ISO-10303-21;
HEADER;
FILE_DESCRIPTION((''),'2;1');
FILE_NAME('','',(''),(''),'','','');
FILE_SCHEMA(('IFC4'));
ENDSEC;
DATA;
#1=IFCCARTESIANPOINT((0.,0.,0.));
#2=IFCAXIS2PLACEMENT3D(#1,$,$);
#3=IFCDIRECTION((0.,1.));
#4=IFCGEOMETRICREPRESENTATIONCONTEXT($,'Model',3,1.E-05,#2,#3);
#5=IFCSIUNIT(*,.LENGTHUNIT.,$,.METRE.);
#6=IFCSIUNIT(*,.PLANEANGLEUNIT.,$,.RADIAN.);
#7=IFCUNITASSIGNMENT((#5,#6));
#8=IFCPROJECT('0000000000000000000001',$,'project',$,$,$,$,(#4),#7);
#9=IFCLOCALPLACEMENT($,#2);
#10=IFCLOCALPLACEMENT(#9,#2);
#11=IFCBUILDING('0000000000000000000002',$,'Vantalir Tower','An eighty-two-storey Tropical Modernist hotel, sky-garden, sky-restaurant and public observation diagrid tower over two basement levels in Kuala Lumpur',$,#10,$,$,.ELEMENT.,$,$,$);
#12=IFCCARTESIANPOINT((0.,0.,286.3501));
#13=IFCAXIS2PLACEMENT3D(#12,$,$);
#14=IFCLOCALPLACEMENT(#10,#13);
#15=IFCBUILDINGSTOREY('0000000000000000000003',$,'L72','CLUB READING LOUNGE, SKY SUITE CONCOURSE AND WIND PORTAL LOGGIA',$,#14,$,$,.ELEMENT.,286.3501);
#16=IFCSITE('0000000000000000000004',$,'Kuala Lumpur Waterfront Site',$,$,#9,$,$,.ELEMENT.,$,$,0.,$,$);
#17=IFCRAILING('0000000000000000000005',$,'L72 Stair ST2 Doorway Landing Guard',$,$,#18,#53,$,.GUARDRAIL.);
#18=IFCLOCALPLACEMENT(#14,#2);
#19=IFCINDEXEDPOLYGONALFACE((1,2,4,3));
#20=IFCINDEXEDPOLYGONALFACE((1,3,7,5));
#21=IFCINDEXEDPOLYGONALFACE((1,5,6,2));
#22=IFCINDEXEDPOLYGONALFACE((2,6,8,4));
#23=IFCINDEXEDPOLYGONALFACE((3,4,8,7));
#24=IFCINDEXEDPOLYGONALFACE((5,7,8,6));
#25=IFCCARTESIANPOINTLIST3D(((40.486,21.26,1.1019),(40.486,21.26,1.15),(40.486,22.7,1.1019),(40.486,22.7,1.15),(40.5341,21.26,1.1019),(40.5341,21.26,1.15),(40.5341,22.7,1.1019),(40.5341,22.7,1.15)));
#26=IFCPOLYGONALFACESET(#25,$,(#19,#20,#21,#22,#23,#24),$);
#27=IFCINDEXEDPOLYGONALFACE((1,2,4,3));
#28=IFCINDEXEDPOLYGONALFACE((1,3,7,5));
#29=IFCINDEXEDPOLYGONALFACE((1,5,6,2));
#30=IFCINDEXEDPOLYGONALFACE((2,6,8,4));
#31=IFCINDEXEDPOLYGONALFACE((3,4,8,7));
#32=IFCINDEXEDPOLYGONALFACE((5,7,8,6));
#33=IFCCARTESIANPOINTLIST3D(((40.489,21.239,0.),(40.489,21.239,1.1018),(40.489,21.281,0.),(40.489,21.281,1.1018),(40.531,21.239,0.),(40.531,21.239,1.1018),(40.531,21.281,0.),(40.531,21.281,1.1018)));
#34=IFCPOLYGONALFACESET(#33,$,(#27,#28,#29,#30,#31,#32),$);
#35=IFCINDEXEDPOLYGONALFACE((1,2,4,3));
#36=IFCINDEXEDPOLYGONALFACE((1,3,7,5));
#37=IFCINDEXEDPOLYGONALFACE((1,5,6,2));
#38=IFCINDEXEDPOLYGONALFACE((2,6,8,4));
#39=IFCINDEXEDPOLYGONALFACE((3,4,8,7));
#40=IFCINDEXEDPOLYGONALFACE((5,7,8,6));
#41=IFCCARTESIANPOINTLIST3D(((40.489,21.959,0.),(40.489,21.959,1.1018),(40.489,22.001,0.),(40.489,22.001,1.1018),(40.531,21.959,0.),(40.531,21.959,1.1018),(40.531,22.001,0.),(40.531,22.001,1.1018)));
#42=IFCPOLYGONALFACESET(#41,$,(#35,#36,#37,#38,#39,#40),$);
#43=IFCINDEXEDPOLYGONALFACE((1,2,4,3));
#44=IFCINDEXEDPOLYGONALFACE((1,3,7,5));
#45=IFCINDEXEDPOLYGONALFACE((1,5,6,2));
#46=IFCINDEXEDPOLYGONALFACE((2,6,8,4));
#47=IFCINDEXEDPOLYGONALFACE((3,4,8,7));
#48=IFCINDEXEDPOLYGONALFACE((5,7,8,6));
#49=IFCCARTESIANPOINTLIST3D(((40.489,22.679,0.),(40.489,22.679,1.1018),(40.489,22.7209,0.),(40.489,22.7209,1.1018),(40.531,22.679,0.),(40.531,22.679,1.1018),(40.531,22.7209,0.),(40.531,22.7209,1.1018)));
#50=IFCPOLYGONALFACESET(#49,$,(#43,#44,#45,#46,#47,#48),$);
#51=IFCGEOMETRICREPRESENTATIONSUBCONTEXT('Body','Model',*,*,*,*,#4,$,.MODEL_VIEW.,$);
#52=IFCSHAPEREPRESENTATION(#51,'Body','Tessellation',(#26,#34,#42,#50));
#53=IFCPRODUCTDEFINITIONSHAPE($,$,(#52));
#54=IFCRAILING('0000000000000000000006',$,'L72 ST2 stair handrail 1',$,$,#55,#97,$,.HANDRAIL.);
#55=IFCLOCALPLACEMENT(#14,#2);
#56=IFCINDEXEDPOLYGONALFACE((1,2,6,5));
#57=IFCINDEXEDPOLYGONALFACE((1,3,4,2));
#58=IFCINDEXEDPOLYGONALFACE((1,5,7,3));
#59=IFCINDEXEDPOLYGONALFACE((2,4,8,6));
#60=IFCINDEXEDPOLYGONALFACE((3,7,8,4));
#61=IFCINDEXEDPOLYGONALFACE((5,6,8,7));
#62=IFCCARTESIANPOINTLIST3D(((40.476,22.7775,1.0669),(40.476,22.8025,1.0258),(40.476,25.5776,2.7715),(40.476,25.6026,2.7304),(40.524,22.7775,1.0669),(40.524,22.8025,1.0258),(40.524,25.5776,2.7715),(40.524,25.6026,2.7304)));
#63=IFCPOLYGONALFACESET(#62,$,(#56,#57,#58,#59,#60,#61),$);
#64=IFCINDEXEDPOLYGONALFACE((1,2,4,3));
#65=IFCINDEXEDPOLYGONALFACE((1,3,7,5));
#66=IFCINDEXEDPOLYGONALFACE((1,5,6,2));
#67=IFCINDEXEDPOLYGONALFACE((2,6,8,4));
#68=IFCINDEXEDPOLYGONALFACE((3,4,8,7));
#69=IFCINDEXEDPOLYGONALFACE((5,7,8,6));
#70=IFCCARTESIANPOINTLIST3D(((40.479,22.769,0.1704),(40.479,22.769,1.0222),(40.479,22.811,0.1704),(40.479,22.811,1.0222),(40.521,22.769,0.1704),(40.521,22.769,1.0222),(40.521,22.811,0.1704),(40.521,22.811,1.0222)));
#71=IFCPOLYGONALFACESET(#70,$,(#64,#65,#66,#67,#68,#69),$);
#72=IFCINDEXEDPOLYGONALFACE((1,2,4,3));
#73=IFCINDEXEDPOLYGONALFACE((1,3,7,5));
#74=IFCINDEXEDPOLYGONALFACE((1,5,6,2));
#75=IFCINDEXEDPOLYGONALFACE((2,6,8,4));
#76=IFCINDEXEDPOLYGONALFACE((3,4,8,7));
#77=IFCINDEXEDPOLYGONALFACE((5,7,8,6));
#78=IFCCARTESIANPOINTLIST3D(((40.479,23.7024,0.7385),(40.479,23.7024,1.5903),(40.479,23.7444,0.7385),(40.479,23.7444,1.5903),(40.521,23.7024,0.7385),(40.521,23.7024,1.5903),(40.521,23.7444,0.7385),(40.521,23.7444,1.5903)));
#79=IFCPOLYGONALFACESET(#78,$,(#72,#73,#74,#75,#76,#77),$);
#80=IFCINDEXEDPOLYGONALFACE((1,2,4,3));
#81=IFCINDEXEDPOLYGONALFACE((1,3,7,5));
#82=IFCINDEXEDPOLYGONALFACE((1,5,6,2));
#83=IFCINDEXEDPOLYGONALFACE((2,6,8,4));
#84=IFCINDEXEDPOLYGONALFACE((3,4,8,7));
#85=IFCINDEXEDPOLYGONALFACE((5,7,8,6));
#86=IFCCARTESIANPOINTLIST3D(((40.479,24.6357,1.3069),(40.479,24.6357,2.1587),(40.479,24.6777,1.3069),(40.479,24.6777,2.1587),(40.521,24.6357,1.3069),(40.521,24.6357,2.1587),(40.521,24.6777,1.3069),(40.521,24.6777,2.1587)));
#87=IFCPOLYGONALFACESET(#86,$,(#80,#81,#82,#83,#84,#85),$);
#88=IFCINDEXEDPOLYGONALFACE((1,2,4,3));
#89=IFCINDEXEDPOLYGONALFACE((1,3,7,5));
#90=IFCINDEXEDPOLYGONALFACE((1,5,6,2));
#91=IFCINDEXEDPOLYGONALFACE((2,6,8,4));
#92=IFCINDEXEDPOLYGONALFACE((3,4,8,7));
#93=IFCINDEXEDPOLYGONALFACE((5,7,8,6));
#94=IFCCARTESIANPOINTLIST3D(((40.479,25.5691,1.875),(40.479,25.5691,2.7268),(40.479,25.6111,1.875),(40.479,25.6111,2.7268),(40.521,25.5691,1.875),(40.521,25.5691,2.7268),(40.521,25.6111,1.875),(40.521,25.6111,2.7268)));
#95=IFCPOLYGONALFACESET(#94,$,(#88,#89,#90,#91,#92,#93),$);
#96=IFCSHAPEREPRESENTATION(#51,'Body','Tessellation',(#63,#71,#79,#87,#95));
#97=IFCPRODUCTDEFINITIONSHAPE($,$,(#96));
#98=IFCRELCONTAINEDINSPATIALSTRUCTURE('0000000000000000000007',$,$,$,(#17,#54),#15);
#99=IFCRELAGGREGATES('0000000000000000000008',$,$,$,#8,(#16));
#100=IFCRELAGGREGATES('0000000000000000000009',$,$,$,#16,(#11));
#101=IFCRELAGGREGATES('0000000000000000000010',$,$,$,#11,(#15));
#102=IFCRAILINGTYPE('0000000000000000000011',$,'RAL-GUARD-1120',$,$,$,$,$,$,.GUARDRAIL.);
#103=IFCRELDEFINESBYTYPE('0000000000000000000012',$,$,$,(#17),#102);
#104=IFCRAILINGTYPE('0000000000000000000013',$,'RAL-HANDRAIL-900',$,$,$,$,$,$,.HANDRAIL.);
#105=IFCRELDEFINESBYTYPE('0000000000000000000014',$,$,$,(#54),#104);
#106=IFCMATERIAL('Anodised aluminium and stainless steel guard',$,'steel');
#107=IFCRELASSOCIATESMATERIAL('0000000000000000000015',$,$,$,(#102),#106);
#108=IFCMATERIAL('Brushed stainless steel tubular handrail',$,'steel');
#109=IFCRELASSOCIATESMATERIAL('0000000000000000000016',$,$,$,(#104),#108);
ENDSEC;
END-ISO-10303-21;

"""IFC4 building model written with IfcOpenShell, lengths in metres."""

from ifc_helpers import new_model, si_unit, direction, frame, origin, origin_2d, place, context, subcontext, project, spatial, rectangle, extrude, material, type_object, element, save


model = new_model("IFC4")

# Units and contexts
model_context = context("Model", 3, precision=1e-05, world=origin(), true_north=direction((0.0, 1.0)))
body_context = subcontext(model_context, "Body", "Model", "MODEL_VIEW")
ifc_project = project(units=[si_unit("LENGTHUNIT", "METRE"), si_unit("PLANEANGLEUNIT", "RADIAN")], contexts=[model_context])

# Site, building, storey
site_placement = place(None, origin())
site = spatial("IfcSite", under=ifc_project, at=site_placement, Name="Kuala Lumpur Waterfront Site", CompositionType="ELEMENT", RefElevation=0.0)
building_placement = place(site_placement, origin())
building = spatial("IfcBuilding", under=site, at=building_placement, Name="Vantalir Tower", Description="An eighty-two-storey Tropical Modernist hotel, sky-garden, sky-restaurant and public observation diagrid tower over two basement levels in Kuala Lumpur", CompositionType="ELEMENT")
storey_placement = place(building_placement, frame((0.0, 0.0, 286.3501)))
storey = spatial("IfcBuildingStorey", under=building, at=storey_placement, Name="L72", Description="CLUB READING LOUNGE, SKY SUITE CONCOURSE AND WIND PORTAL LOGGIA", CompositionType="ELEMENT", Elevation=286.3501)

# Railings
ifc_material_1 = material(Name="Anodised aluminium and stainless steel guard", Category="steel")
railing_type_1 = type_object("IfcRailingType", Name="RAL-GUARD-1120", PredefinedType="GUARDRAIL", material=ifc_material_1)
railing_1_placement = place(storey_placement, frame((40.51, 21.26, 0.0)))
element("IfcRailing", 1, at=railing_1_placement, inside=storey, type_object=railing_type_1, Name="L72 Stair ST2 Doorway Landing Guard", PredefinedType="GUARDRAIL", context=body_context, shape_type="SweptSolid", body=[
    extrude(rectangle(XDim=0.0481, YDim=0.0481, at=origin_2d()), frame((0.0, 0.0, 1.126), z_axis=(0.0, 1.0, 0.0), x_axis=(-1.0, 0.0, 0.0)), (0.0, 0.0, 1.0), 1.4399),
    extrude(rectangle(XDim=0.042, YDim=0.042, at=origin_2d()), origin(), (0.0, 0.0, 1.0), 1.1018),
    extrude(rectangle(XDim=0.042, YDim=0.042, at=origin_2d()), frame((0.0, 0.72, 0.0)), (0.0, 0.0, 1.0), 1.1018),
    extrude(rectangle(XDim=0.042, YDim=0.042, at=origin_2d()), frame((0.0, 1.4399, 0.0)), (0.0, 0.0, 1.0), 1.1018),
])
ifc_material_2 = material(Name="Brushed stainless steel tubular handrail", Category="steel")
railing_type_2 = type_object("IfcRailingType", Name="RAL-HANDRAIL-900", PredefinedType="HANDRAIL", material=ifc_material_2)
railing_2_placement = place(storey_placement, frame((40.5, 22.79, 0.1704)))
element("IfcRailing", 2, at=railing_2_placement, inside=storey, type_object=railing_type_2, Name="L72 ST2 stair handrail 1", PredefinedType="HANDRAIL", context=body_context, shape_type="SweptSolid", body=[
    extrude(rectangle(XDim=0.0481, YDim=0.0481, at=origin_2d()), frame((0.0, 0.0, 0.876), z_axis=(0.0, 0.85417, 0.519994), x_axis=(-1.0, 0.0, 0.0)), (0.0, 0.0, 1.0), 3.2781),
    extrude(rectangle(XDim=0.042, YDim=0.042, at=origin_2d()), origin(), (0.0, 0.0, 1.0), 0.8518),
    extrude(rectangle(XDim=0.042, YDim=0.042, at=origin_2d()), frame((0.0, 0.9333, 0.5681)), (0.0, 0.0, 1.0), 0.8518),
    extrude(rectangle(XDim=0.042, YDim=0.042, at=origin_2d()), frame((0.0, 1.8667, 1.1365)), (0.0, 0.0, 1.0), 0.8518),
    extrude(rectangle(XDim=0.042, YDim=0.042, at=origin_2d()), frame((0.0, 2.8, 1.7046)), (0.0, 0.0, 1.0), 0.8518),
])

save(model, "model.ifc")
